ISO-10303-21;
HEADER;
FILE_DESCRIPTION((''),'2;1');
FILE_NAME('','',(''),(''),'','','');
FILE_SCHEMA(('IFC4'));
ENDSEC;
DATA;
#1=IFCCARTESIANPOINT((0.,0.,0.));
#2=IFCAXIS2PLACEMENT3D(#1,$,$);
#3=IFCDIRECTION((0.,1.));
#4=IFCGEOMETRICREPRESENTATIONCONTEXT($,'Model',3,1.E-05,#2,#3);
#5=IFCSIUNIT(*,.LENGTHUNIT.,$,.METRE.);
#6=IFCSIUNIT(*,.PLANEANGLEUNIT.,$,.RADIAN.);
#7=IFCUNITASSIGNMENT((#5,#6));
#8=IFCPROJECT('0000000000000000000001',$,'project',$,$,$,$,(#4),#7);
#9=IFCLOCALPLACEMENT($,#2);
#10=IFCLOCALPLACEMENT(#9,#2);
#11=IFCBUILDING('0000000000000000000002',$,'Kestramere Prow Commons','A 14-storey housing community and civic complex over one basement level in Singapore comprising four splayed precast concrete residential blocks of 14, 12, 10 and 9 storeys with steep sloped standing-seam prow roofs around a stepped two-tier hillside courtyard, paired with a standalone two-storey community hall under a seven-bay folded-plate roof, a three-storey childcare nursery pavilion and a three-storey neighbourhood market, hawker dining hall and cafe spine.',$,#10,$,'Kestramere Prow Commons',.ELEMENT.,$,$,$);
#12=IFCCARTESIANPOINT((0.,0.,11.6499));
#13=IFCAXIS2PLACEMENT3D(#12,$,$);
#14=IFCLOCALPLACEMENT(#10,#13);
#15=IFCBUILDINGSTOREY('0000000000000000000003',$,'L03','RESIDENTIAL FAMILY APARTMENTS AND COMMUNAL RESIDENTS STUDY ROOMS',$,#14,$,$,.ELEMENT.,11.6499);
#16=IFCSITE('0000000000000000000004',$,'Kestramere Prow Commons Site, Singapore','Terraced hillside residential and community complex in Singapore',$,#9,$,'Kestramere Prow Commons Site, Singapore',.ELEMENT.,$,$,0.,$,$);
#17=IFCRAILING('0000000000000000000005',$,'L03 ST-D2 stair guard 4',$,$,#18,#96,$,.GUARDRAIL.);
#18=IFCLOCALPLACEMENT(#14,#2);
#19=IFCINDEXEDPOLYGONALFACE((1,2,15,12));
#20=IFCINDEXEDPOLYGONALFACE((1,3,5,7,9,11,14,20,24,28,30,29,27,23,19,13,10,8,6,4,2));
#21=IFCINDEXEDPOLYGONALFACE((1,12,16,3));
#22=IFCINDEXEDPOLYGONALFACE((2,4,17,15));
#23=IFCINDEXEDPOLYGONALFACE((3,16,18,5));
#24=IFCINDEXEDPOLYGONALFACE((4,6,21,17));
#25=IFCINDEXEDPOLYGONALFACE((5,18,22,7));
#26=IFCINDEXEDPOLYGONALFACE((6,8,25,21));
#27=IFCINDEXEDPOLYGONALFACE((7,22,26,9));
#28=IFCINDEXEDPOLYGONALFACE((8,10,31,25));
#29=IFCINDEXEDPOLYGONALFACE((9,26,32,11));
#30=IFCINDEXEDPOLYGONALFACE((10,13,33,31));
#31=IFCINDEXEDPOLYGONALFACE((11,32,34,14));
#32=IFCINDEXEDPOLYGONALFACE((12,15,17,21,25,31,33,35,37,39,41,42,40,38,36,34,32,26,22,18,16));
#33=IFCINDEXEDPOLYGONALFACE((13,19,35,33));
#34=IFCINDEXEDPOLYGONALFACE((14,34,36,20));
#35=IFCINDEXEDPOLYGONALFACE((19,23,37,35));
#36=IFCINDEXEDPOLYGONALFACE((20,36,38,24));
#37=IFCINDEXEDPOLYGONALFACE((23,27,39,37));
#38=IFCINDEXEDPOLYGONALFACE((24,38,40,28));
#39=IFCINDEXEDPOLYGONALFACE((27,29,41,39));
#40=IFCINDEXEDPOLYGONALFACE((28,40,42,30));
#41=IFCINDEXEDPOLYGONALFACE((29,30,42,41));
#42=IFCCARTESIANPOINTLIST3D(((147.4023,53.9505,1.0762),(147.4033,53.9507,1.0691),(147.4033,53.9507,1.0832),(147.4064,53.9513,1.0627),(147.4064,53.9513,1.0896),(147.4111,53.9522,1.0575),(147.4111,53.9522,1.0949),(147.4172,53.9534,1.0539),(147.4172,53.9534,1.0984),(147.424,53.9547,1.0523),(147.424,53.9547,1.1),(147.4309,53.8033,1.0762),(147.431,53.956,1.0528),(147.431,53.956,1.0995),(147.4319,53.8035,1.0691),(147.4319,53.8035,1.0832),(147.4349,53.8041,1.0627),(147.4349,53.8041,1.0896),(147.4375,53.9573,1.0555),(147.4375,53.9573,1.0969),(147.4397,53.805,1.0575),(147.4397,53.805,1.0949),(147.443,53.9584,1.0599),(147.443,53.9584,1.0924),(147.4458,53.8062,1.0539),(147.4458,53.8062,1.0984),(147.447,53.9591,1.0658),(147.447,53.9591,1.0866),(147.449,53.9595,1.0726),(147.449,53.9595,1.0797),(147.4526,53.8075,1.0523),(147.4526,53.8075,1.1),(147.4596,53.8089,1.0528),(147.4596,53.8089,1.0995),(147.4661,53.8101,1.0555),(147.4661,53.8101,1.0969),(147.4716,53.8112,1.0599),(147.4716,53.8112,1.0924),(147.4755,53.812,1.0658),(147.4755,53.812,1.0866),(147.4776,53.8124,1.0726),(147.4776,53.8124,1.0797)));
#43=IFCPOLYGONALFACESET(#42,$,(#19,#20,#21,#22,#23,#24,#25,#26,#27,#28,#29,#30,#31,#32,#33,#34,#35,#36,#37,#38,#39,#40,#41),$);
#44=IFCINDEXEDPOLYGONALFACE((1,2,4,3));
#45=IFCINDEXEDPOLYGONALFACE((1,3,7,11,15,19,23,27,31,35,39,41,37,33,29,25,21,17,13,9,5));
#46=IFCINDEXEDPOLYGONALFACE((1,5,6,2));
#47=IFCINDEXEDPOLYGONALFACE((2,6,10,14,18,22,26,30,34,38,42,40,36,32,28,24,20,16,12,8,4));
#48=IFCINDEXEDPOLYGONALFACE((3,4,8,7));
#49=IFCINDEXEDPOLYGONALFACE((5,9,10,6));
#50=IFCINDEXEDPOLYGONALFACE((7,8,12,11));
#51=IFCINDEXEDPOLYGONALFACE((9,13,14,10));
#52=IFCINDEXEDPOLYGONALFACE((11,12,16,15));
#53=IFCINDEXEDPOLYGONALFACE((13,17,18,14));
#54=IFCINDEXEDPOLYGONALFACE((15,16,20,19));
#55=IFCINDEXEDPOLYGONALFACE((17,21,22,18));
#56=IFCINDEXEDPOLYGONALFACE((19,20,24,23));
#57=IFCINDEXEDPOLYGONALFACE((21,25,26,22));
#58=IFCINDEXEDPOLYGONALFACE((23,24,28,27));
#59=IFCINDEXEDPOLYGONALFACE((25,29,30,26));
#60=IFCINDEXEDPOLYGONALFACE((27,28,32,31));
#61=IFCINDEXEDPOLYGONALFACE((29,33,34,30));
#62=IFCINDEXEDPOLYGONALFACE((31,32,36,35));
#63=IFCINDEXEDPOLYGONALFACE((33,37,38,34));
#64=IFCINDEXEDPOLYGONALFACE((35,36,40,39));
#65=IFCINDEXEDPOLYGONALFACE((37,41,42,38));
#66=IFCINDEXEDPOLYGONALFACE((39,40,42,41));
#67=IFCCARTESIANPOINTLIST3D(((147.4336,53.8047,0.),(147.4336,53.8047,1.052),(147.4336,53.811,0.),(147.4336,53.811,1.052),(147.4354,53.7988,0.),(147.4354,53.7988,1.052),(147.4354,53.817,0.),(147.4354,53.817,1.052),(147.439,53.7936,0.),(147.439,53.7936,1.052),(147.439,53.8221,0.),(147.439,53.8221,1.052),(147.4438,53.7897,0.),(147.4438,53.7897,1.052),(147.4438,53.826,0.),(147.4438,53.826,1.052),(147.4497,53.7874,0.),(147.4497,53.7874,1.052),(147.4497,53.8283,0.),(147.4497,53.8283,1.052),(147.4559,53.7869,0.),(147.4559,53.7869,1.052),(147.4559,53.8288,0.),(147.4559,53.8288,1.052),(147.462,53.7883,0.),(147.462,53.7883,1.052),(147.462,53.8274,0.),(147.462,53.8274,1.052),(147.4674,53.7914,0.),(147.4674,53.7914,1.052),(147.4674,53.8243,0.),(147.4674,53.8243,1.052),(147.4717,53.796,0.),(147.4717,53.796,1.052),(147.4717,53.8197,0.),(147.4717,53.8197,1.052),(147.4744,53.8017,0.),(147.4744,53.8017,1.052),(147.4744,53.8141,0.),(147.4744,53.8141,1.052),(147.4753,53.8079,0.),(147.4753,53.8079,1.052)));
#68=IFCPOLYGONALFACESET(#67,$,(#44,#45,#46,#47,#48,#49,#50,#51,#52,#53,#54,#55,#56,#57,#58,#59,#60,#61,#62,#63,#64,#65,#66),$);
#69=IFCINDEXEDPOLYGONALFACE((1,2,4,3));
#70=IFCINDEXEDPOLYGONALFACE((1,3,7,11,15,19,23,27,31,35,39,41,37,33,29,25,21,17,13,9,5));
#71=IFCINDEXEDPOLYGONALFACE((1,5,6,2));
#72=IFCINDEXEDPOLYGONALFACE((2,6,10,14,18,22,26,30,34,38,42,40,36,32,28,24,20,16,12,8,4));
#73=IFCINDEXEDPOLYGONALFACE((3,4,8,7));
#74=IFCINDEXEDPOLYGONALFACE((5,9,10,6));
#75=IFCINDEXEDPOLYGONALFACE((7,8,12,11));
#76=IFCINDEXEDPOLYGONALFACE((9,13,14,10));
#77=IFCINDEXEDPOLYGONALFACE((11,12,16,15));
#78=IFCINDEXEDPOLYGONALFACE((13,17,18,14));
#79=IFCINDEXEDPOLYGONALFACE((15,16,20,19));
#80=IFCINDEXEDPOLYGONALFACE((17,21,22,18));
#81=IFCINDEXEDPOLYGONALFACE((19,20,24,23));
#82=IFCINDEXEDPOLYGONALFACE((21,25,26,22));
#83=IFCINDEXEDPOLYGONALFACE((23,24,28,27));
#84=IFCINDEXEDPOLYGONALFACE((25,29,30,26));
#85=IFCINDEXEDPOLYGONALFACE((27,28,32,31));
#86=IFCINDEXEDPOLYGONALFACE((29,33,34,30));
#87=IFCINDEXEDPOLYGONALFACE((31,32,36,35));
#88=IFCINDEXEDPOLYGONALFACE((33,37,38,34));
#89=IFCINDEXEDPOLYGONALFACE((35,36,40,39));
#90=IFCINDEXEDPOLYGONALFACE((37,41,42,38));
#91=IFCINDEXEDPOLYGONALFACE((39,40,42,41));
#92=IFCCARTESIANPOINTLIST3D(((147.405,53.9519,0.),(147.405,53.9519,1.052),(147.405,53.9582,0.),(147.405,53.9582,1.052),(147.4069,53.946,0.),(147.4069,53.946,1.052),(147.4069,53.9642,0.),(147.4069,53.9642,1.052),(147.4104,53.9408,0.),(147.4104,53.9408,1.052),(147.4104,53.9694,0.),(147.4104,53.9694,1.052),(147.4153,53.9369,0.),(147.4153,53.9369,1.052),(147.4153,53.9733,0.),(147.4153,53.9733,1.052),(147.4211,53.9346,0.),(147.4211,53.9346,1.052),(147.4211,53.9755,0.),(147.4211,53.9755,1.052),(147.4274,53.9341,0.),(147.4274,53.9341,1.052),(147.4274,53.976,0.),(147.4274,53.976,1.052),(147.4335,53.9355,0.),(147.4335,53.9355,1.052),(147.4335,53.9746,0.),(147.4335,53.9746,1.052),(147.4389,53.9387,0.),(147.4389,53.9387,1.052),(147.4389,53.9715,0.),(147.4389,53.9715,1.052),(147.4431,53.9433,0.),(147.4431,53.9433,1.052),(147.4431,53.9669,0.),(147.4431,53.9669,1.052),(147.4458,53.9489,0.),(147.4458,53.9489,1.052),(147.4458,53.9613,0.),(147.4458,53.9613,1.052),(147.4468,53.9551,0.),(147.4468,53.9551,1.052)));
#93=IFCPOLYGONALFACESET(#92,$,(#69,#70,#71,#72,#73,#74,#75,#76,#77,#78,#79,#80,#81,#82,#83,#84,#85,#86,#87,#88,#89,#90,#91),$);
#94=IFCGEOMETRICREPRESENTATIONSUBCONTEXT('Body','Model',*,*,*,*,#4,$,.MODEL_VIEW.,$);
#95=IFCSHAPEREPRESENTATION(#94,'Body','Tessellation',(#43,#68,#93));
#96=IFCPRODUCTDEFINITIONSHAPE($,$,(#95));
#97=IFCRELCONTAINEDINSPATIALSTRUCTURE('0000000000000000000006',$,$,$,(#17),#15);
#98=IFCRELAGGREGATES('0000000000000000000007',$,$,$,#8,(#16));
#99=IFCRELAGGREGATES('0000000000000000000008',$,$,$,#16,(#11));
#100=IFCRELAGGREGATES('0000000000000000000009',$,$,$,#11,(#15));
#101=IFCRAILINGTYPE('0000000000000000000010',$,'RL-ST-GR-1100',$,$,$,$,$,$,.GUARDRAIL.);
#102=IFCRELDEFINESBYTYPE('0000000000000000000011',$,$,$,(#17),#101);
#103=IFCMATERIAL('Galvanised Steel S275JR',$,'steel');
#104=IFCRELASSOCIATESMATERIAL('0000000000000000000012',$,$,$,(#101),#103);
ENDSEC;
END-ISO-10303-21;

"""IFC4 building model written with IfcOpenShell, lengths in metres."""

from ifc_helpers import new_model, si_unit, direction, frame, origin, origin_2d, place, context, subcontext, project, spatial, circle, extrude, material, type_object, element, save


model = new_model("IFC4")

# Units and contexts
model_context = context("Model", 3, precision=1e-05, world=origin(), true_north=direction((0.0, 1.0)))
body_context = subcontext(model_context, "Body", "Model", "MODEL_VIEW")
ifc_project = project(units=[si_unit("LENGTHUNIT", "METRE"), si_unit("PLANEANGLEUNIT", "RADIAN")], contexts=[model_context])

# Site, building, storey
site_placement = place(None, origin())
site = spatial("IfcSite", under=ifc_project, at=site_placement, Name="Kestramere Prow Commons Site, Singapore", Description="Terraced hillside residential and community complex in Singapore", LongName="Kestramere Prow Commons Site, Singapore", CompositionType="ELEMENT", RefElevation=0.0)
building_placement = place(site_placement, origin())
building = spatial("IfcBuilding", under=site, at=building_placement, Name="Kestramere Prow Commons", Description="A 14-storey housing community and civic complex over one basement level in Singapore comprising four splayed precast concrete residential blocks of 14, 12, 10 and 9 storeys with steep sloped standing-seam prow roofs around a stepped two-tier hillside courtyard, paired with a standalone two-storey community hall under a seven-bay folded-plate roof, a three-storey childcare nursery pavilion and a three-storey neighbourhood market, hawker dining hall and cafe spine.", LongName="Kestramere Prow Commons", CompositionType="ELEMENT")
storey_placement = place(building_placement, frame((0.0, 0.0, 11.6499)))
storey = spatial("IfcBuildingStorey", under=building, at=storey_placement, Name="L03", Description="RESIDENTIAL FAMILY APARTMENTS AND COMMUNAL RESIDENTS STUDY ROOMS", CompositionType="ELEMENT", Elevation=11.6499)

# Railing
ifc_material_1 = material(Name="Galvanised Steel S275JR", Category="steel")
railing_type_1 = type_object("IfcRailingType", Name="RL-ST-GR-1100", PredefinedType="GUARDRAIL", material=ifc_material_1)
railing_1_placement = place(storey_placement, frame((147.4543, 53.8079, 0.0)))
element("IfcRailing", 1, at=railing_1_placement, inside=storey, type_object=railing_type_1, Name="L03 ST-D2 stair guard 4", PredefinedType="GUARDRAIL", context=body_context, shape_type="SweptSolid", body=[
    extrude(circle(Radius=0.0239, at=origin_2d()), frame((0.0, 0.0, 1.0762), z_axis=(-0.190477, 0.981692, 0.0), x_axis=(-0.981692, -0.190477, 0.0)), (0.0, 0.0, 1.0), 0.1499),
    extrude(circle(Radius=0.021, at=origin_2d()), origin(), (0.0, 0.0, 1.0), 1.052),
    extrude(circle(Radius=0.021, at=origin_2d()), frame((-0.0286, 0.1472, 0.0)), (0.0, 0.0, 1.0), 1.052),
])

save(model, "model.ifc")
